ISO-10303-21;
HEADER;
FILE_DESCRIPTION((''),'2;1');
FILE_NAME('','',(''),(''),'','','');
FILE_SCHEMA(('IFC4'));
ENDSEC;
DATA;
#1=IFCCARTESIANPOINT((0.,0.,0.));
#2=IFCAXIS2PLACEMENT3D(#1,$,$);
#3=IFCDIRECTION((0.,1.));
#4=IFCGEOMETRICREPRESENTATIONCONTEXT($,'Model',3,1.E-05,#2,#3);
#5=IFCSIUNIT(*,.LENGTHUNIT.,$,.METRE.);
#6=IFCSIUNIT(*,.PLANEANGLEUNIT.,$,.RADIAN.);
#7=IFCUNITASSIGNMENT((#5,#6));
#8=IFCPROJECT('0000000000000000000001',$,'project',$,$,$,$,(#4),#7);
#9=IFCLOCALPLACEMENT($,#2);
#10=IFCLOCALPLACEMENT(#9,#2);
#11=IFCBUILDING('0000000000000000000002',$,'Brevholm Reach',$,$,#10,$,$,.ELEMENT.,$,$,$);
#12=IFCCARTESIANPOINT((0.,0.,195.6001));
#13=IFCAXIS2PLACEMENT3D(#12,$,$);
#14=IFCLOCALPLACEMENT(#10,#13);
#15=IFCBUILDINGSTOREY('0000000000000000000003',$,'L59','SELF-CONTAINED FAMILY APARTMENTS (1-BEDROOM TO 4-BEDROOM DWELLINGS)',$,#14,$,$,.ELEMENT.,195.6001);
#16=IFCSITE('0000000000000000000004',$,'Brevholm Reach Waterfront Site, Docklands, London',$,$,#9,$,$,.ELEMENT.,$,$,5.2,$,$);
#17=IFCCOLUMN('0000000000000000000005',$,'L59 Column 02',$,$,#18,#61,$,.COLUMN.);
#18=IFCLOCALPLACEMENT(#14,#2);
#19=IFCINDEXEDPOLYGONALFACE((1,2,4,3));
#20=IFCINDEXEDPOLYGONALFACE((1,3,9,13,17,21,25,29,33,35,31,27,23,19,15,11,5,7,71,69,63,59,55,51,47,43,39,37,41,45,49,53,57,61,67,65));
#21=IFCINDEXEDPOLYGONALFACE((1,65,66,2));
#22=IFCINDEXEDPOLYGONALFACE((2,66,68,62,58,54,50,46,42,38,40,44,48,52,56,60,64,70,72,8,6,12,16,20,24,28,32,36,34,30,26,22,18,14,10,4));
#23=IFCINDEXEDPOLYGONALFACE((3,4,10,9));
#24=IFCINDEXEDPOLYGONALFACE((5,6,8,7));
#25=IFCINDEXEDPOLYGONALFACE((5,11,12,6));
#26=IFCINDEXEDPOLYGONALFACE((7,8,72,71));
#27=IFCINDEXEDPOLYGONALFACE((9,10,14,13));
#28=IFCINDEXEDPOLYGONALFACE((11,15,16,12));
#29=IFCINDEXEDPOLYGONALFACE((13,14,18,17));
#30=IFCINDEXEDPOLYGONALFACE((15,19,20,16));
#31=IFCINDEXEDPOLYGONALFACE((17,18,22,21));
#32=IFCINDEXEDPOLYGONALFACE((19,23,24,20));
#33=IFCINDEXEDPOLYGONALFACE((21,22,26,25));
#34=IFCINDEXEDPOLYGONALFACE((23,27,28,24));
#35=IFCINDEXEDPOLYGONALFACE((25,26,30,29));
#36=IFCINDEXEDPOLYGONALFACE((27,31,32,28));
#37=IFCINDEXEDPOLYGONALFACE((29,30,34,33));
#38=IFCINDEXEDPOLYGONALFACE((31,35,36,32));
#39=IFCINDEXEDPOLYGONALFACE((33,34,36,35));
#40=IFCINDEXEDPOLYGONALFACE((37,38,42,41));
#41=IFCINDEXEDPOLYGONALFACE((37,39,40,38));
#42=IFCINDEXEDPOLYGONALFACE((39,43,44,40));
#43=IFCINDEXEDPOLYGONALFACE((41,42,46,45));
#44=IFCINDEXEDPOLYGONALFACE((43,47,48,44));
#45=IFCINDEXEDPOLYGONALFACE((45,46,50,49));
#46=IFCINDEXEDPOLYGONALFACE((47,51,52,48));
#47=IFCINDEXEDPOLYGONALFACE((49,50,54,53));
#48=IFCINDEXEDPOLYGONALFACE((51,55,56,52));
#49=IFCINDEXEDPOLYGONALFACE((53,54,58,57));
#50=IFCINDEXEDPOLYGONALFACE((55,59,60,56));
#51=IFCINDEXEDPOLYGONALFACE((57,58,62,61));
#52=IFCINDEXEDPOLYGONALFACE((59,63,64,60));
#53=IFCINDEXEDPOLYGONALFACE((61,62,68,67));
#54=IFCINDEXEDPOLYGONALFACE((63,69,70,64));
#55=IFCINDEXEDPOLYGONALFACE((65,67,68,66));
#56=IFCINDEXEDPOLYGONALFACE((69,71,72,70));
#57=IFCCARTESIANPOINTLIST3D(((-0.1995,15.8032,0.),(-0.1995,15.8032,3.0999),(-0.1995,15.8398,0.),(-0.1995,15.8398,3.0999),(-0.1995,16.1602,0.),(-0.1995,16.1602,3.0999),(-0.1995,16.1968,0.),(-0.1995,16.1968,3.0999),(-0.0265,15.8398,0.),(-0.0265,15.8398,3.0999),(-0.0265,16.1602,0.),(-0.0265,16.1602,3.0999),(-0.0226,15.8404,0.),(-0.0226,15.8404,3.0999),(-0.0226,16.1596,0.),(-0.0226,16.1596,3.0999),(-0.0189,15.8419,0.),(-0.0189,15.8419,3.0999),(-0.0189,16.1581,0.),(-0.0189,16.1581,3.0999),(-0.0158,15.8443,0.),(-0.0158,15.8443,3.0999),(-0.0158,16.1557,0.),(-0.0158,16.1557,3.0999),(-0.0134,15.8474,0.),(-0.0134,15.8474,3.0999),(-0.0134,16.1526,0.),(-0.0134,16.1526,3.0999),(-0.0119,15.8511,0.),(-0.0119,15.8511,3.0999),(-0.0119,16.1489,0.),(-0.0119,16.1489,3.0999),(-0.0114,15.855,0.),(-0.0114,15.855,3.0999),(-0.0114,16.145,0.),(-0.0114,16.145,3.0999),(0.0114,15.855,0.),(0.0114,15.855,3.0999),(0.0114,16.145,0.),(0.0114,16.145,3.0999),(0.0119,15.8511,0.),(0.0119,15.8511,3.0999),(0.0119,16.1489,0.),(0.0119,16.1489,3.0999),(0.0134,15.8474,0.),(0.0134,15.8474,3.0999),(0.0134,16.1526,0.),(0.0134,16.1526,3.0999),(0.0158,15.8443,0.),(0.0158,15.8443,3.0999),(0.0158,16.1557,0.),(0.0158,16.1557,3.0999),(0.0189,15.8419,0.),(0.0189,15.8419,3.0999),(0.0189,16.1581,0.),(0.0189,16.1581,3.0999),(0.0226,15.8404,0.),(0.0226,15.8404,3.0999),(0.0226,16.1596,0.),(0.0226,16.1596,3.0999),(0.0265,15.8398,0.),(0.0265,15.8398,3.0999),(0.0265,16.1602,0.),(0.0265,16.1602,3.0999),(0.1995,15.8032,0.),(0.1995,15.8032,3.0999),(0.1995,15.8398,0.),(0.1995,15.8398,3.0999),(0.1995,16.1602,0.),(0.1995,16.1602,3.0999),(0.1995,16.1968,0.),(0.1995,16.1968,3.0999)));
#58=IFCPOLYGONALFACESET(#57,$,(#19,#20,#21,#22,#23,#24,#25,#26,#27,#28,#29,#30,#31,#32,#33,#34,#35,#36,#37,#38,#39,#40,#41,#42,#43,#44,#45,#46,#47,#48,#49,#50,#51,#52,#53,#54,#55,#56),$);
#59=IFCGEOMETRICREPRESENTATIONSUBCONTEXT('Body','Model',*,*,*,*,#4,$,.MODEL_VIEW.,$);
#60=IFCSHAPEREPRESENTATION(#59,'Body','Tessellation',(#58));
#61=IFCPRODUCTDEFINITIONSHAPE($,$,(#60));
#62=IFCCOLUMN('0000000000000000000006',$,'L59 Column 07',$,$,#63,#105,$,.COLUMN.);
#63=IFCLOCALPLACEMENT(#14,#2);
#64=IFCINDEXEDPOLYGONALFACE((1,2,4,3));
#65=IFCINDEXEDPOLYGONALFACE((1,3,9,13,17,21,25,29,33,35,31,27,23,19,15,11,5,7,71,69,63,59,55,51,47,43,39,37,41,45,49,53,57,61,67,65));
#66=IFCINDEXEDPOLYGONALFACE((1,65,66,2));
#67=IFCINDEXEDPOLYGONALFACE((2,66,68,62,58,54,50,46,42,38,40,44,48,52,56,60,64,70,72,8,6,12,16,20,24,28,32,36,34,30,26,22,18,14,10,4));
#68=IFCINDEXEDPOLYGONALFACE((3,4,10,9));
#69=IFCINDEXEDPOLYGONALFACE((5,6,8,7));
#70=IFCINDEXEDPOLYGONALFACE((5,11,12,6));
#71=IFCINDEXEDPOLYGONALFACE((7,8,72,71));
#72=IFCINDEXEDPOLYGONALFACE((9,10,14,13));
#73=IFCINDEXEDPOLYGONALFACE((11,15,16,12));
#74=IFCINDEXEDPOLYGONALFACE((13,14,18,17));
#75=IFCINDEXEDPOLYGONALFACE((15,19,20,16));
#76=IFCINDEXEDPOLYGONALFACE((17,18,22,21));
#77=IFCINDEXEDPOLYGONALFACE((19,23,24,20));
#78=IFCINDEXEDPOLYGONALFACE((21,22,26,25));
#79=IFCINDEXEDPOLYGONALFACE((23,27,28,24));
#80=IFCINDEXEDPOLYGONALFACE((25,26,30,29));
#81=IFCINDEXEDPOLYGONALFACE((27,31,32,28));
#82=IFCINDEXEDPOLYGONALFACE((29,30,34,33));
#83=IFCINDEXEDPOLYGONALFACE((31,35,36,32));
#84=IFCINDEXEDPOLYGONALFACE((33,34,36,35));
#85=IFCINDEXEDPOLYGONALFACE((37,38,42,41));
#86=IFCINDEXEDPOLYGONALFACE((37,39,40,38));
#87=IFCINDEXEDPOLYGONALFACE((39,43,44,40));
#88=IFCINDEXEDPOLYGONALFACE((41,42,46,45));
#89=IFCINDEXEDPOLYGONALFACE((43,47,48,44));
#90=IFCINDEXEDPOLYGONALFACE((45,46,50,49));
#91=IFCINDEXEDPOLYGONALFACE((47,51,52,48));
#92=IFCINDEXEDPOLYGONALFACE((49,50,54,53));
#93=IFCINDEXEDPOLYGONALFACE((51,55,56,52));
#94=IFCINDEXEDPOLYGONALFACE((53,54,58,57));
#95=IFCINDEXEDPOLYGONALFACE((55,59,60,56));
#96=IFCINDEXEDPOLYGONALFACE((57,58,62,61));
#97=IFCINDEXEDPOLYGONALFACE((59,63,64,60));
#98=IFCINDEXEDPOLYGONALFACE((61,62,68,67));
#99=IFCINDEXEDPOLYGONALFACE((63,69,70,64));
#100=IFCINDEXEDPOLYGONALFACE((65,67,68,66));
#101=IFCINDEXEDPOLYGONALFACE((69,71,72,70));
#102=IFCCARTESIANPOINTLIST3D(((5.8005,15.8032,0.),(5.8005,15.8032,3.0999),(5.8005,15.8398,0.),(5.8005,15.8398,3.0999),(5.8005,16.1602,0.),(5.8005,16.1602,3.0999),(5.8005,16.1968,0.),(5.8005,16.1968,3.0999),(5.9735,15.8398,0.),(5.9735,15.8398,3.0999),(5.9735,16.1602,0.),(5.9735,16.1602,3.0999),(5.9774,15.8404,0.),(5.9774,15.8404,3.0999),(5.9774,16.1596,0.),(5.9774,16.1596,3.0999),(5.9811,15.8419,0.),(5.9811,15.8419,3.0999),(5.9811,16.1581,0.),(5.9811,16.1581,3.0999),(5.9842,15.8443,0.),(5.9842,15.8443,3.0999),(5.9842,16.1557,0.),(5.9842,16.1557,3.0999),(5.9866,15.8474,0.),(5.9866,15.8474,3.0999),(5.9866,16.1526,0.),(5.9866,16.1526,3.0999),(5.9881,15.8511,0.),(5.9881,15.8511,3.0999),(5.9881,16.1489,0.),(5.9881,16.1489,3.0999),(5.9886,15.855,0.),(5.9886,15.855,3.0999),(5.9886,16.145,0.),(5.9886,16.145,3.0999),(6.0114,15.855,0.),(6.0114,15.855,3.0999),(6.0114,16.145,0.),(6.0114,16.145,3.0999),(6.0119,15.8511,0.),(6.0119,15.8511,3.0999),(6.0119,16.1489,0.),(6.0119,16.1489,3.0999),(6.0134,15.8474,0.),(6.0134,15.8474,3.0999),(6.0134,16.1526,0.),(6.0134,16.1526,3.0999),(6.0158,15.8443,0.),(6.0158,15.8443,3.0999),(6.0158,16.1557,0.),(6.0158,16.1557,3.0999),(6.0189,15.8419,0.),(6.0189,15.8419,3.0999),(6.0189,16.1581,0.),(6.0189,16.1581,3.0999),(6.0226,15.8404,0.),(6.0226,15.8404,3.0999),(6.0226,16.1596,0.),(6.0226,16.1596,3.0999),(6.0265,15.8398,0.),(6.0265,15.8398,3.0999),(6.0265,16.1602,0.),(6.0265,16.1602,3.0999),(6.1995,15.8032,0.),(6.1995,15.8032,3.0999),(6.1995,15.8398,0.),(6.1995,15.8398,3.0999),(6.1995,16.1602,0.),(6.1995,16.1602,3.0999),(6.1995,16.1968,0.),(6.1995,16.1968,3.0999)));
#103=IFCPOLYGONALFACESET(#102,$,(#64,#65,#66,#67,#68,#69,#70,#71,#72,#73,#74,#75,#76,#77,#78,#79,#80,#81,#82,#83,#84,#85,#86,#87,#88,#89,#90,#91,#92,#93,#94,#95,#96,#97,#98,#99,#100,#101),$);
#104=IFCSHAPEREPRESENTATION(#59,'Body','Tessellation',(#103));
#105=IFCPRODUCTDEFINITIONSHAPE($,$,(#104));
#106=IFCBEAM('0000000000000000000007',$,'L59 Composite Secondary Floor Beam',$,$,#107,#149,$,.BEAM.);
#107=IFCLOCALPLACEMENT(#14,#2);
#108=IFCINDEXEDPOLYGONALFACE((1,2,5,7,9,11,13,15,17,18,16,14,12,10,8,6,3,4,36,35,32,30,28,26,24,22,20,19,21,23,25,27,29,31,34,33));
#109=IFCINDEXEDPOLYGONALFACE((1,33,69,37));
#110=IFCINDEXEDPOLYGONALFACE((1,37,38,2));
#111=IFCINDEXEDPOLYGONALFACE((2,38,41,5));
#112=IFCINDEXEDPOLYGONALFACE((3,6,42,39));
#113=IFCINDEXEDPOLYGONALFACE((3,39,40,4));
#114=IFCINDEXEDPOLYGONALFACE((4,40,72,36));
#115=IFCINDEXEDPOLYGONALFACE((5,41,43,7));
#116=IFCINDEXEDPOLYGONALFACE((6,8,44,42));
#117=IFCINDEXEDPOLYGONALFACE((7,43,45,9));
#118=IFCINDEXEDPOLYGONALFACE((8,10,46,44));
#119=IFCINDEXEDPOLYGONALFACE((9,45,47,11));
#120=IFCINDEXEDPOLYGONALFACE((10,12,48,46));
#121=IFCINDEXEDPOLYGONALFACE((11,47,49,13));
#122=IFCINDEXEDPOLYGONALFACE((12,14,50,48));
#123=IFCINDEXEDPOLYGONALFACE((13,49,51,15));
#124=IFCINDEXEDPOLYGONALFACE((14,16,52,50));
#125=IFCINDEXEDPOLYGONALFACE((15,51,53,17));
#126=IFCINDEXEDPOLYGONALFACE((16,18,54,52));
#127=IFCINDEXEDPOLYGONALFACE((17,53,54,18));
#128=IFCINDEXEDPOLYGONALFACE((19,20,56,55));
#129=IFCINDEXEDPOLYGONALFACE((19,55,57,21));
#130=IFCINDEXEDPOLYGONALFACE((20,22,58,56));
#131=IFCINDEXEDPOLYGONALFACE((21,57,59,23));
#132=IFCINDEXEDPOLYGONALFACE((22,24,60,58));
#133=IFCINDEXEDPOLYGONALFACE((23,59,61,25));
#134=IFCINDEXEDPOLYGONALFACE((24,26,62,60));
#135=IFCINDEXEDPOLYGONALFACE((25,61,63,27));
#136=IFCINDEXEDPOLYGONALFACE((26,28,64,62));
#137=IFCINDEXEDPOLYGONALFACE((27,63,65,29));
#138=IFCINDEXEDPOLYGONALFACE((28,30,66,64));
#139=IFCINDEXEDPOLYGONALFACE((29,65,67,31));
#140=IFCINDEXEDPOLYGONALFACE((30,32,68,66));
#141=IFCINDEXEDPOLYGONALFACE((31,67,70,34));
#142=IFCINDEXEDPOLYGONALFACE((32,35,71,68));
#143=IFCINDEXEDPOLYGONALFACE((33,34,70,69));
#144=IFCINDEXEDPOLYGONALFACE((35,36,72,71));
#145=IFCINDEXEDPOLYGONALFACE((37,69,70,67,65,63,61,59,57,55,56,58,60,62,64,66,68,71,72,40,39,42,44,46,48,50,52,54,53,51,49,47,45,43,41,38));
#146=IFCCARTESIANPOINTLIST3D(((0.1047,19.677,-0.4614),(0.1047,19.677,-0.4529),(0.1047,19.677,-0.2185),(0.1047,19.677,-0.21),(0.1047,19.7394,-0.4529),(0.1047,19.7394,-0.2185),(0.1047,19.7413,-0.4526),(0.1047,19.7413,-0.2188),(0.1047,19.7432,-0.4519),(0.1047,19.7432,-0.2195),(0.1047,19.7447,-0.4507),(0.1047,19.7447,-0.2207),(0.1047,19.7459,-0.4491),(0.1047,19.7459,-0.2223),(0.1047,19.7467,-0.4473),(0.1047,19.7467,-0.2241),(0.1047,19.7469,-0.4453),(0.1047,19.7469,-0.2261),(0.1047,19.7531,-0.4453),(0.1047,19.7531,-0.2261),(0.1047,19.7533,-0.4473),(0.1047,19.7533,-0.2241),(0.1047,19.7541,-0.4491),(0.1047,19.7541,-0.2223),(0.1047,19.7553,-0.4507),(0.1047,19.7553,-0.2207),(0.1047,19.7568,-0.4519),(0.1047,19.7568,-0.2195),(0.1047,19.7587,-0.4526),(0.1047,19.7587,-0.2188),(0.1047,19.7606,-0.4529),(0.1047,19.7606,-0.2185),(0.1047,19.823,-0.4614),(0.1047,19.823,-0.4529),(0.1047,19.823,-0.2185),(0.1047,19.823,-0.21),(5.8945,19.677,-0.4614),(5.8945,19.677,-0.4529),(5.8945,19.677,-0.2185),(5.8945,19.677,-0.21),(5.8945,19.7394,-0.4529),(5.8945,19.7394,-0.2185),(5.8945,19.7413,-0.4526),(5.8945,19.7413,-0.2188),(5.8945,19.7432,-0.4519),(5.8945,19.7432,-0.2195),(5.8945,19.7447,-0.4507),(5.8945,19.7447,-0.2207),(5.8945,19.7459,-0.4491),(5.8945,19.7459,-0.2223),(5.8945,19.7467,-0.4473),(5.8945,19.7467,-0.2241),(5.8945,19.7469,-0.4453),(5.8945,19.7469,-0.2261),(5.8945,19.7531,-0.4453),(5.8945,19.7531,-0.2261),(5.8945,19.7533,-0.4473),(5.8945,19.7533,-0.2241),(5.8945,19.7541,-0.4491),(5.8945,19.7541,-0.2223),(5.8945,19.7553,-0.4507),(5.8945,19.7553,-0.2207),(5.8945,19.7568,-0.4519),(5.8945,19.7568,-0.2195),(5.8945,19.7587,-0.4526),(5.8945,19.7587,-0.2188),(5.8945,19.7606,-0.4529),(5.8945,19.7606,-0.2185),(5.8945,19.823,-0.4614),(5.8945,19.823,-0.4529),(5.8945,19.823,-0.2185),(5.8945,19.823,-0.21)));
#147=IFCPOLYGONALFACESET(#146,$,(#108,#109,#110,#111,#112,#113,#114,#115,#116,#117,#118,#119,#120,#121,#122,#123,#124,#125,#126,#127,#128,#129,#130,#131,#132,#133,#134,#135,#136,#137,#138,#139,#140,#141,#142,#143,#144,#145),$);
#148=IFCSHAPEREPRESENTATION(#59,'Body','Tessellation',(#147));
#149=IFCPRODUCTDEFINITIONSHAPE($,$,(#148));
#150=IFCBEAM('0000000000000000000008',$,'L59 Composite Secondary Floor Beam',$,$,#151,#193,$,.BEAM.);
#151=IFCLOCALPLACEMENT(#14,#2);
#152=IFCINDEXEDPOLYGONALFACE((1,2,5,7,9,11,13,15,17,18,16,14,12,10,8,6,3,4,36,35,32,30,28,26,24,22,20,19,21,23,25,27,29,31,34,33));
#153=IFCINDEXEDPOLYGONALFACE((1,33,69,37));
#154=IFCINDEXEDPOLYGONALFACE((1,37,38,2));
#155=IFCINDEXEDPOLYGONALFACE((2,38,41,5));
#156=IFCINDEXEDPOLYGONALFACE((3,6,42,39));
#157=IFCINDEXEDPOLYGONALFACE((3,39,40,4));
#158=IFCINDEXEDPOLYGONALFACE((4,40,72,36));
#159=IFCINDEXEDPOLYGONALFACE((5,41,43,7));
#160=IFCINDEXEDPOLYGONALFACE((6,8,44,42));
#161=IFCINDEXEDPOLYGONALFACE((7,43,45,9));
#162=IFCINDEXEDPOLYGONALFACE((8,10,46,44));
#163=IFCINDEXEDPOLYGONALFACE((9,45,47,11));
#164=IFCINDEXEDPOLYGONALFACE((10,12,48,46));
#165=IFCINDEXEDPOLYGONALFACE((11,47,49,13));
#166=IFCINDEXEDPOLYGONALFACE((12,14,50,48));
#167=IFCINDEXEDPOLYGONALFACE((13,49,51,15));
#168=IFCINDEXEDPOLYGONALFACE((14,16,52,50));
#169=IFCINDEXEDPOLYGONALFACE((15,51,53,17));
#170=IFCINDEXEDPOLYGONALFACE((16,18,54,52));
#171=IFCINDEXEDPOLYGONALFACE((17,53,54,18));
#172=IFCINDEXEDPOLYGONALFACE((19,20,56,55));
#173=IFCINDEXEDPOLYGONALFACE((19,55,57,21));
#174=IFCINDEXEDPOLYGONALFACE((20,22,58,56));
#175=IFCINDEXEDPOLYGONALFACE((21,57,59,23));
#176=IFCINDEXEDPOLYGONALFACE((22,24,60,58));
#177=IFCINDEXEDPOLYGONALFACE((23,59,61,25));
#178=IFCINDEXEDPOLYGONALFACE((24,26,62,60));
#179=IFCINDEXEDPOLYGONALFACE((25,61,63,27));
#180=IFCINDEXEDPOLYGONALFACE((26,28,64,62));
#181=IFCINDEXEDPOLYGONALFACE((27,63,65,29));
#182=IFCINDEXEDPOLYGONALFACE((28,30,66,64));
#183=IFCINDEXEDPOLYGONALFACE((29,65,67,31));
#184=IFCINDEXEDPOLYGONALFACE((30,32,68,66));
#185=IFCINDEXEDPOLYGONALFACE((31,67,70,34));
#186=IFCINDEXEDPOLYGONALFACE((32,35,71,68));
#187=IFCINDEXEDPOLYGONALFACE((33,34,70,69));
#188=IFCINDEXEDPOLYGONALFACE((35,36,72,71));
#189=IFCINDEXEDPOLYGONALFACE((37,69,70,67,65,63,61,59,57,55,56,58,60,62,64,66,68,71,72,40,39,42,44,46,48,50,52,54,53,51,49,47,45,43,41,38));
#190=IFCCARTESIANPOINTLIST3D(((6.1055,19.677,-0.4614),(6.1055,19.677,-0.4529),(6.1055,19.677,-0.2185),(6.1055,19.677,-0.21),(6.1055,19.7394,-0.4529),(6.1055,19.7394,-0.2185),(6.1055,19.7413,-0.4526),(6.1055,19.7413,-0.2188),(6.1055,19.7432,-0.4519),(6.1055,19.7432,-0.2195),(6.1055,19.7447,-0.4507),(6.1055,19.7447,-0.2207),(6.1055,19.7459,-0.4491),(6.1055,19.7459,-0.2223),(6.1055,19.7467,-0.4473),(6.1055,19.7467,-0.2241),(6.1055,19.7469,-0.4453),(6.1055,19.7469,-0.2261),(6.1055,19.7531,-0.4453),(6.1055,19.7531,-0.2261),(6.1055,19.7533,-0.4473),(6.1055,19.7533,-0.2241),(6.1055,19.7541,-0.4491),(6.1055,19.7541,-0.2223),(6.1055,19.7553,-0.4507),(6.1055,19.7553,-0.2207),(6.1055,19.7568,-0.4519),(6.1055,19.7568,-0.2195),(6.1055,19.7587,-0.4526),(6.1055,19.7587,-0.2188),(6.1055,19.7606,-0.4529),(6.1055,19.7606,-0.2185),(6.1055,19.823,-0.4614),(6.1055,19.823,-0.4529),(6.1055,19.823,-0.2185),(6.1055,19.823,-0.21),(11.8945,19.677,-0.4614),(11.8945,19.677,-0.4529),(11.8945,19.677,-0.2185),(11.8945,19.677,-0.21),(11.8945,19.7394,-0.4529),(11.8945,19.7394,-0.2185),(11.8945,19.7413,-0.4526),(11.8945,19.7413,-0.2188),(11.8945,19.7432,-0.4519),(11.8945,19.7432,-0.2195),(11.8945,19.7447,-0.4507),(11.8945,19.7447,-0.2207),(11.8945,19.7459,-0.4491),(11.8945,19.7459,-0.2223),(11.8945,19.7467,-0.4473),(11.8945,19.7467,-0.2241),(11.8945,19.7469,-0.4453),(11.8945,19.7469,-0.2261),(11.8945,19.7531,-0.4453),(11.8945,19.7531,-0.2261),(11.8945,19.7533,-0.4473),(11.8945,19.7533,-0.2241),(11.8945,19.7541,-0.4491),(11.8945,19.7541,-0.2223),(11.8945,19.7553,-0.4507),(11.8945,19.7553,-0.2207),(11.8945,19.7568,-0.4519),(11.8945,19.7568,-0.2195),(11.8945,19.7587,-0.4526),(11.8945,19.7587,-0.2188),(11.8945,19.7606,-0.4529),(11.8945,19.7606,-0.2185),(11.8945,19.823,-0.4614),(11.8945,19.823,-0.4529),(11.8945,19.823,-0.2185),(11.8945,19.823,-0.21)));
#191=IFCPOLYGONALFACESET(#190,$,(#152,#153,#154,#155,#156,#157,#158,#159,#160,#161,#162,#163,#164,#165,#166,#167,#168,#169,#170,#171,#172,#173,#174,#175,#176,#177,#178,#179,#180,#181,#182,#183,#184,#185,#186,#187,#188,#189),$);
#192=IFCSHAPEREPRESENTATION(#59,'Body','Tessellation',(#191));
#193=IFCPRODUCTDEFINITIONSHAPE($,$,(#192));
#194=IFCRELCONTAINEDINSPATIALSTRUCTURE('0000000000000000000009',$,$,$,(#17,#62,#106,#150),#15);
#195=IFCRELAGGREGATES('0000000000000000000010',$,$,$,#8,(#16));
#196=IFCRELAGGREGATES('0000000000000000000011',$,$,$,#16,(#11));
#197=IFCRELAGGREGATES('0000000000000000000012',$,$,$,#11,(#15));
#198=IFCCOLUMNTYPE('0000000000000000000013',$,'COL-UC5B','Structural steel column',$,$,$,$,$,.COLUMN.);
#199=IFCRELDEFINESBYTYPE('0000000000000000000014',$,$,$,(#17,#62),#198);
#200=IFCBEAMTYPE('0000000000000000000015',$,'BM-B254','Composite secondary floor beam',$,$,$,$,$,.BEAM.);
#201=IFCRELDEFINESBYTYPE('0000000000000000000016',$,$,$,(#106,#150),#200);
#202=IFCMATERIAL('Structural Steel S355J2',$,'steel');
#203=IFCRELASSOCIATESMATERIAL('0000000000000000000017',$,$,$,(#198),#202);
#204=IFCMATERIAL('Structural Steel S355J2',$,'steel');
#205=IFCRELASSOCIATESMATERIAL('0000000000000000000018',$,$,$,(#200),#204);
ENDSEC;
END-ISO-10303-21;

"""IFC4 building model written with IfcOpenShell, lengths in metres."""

from ifc_helpers import new_model, si_unit, direction, frame, origin, origin_2d, place, context, subcontext, project, spatial, i_section, extrude, material, material_profile, profile_set, type_object, element, save


model = new_model("IFC4")

# Units and contexts
model_context = context("Model", 3, precision=1e-05, world=origin(), true_north=direction((0.0, 1.0)))
body_context = subcontext(model_context, "Body", "Model", "MODEL_VIEW")
ifc_project = project(units=[si_unit("LENGTHUNIT", "METRE"), si_unit("PLANEANGLEUNIT", "RADIAN")], contexts=[model_context])

# Site, building, storey
site_placement = place(None, origin())
site = spatial("IfcSite", under=ifc_project, at=site_placement, Name="Brevholm Reach Waterfront Site, Docklands, London", CompositionType="ELEMENT", RefElevation=5.2)
building_placement = place(site_placement, origin())
building = spatial("IfcBuilding", under=site, at=building_placement, Name="Brevholm Reach", CompositionType="ELEMENT")
storey_placement = place(building_placement, frame((0.0, 0.0, 195.6001)))
storey = spatial("IfcBuildingStorey", under=building, at=storey_placement, Name="L59", Description="SELF-CONTAINED FAMILY APARTMENTS (1-BEDROOM TO 4-BEDROOM DWELLINGS)", CompositionType="ELEMENT", Elevation=195.6001)

# Columns
ifc_material_1 = material(Name="Structural Steel S355J2", Category="steel")
ifc_material_profile_1 = material_profile(ifc_material_1, i_section(OverallWidth=0.3989, OverallDepth=0.3936, WebThickness=0.0227, FlangeThickness=0.0366, FilletRadius=0.0151, at=origin_2d()), Name="UKC 356x406x287")
ifc_profile_set_1 = profile_set([ifc_material_profile_1], Name="Structural Steel S355J2")
column_type = type_object("IfcColumnType", Name="COL-UC5B", Description="Structural steel column", PredefinedType="COLUMN", material=ifc_profile_set_1)
for number, where, z_axis, x_axis, name in (
    (1, (0.0, 16.0, 0.0), (0.0, 0.0, 1.0), (1.0, 0.0, 0.0), "L59 Column 02"),
    (2, (6.0, 16.0, 0.0), (0.0, 0.0, 1.0), (1.0, 0.0, 0.0), "L59 Column 07"),
):
    element("IfcColumn", number, at=place(storey_placement, frame(where, z_axis=z_axis, x_axis=x_axis)), inside=storey, type_object=column_type, Name=name, PredefinedType="COLUMN", context=body_context, shape_type="SweptSolid", body=[
        extrude(i_section(OverallWidth=0.3989, OverallDepth=0.3936, WebThickness=0.0227, FlangeThickness=0.0366, FilletRadius=0.0151, at=origin_2d()), origin(), (0.0, 0.0, 1.0), 3.0999),
    ])

# Beams
ifc_material_2 = material(Name="Structural Steel S355J2", Category="steel")
ifc_material_profile_2 = material_profile(ifc_material_2, i_section(OverallWidth=0.146, OverallDepth=0.2515, WebThickness=0.0061, FlangeThickness=0.0085, FilletRadius=0.0076, at=origin_2d()), Name="UKB 254x146x31")
ifc_profile_set_2 = profile_set([ifc_material_profile_2], Name="Structural Steel S355J2")
beam_type_1 = type_object("IfcBeamType", Name="BM-B254", Description="Composite secondary floor beam", PredefinedType="BEAM", material=ifc_profile_set_2)
beam_1_placement = place(storey_placement, frame((0.1047, 19.75, -0.3357), z_axis=(1.0, 0.0, 0.0), x_axis=(0.0, 1.0, 0.0)))
element("IfcBeam", 3, at=beam_1_placement, inside=storey, type_object=beam_type_1, Name="L59 Composite Secondary Floor Beam", PredefinedType="BEAM", context=body_context, shape_type="SweptSolid", body=[
    extrude(i_section(OverallWidth=0.146, OverallDepth=0.2515, WebThickness=0.0061, FlangeThickness=0.0085, FilletRadius=0.0076, at=origin_2d()), origin(), (0.0, 0.0, 1.0), 5.7898),
])
beam_2_placement = place(storey_placement, frame((6.1055, 19.75, -0.3357), z_axis=(1.0, 0.0, 0.0), x_axis=(0.0, 1.0, 0.0)))
element("IfcBeam", 4, at=beam_2_placement, inside=storey, type_object=beam_type_1, Name="L59 Composite Secondary Floor Beam", PredefinedType="BEAM", context=body_context, shape_type="SweptSolid", body=[
    extrude(i_section(OverallWidth=0.146, OverallDepth=0.2515, WebThickness=0.0061, FlangeThickness=0.0085, FilletRadius=0.0076, at=origin_2d()), origin(), (0.0, 0.0, 1.0), 5.7891),
])

save(model, "model.ifc")
